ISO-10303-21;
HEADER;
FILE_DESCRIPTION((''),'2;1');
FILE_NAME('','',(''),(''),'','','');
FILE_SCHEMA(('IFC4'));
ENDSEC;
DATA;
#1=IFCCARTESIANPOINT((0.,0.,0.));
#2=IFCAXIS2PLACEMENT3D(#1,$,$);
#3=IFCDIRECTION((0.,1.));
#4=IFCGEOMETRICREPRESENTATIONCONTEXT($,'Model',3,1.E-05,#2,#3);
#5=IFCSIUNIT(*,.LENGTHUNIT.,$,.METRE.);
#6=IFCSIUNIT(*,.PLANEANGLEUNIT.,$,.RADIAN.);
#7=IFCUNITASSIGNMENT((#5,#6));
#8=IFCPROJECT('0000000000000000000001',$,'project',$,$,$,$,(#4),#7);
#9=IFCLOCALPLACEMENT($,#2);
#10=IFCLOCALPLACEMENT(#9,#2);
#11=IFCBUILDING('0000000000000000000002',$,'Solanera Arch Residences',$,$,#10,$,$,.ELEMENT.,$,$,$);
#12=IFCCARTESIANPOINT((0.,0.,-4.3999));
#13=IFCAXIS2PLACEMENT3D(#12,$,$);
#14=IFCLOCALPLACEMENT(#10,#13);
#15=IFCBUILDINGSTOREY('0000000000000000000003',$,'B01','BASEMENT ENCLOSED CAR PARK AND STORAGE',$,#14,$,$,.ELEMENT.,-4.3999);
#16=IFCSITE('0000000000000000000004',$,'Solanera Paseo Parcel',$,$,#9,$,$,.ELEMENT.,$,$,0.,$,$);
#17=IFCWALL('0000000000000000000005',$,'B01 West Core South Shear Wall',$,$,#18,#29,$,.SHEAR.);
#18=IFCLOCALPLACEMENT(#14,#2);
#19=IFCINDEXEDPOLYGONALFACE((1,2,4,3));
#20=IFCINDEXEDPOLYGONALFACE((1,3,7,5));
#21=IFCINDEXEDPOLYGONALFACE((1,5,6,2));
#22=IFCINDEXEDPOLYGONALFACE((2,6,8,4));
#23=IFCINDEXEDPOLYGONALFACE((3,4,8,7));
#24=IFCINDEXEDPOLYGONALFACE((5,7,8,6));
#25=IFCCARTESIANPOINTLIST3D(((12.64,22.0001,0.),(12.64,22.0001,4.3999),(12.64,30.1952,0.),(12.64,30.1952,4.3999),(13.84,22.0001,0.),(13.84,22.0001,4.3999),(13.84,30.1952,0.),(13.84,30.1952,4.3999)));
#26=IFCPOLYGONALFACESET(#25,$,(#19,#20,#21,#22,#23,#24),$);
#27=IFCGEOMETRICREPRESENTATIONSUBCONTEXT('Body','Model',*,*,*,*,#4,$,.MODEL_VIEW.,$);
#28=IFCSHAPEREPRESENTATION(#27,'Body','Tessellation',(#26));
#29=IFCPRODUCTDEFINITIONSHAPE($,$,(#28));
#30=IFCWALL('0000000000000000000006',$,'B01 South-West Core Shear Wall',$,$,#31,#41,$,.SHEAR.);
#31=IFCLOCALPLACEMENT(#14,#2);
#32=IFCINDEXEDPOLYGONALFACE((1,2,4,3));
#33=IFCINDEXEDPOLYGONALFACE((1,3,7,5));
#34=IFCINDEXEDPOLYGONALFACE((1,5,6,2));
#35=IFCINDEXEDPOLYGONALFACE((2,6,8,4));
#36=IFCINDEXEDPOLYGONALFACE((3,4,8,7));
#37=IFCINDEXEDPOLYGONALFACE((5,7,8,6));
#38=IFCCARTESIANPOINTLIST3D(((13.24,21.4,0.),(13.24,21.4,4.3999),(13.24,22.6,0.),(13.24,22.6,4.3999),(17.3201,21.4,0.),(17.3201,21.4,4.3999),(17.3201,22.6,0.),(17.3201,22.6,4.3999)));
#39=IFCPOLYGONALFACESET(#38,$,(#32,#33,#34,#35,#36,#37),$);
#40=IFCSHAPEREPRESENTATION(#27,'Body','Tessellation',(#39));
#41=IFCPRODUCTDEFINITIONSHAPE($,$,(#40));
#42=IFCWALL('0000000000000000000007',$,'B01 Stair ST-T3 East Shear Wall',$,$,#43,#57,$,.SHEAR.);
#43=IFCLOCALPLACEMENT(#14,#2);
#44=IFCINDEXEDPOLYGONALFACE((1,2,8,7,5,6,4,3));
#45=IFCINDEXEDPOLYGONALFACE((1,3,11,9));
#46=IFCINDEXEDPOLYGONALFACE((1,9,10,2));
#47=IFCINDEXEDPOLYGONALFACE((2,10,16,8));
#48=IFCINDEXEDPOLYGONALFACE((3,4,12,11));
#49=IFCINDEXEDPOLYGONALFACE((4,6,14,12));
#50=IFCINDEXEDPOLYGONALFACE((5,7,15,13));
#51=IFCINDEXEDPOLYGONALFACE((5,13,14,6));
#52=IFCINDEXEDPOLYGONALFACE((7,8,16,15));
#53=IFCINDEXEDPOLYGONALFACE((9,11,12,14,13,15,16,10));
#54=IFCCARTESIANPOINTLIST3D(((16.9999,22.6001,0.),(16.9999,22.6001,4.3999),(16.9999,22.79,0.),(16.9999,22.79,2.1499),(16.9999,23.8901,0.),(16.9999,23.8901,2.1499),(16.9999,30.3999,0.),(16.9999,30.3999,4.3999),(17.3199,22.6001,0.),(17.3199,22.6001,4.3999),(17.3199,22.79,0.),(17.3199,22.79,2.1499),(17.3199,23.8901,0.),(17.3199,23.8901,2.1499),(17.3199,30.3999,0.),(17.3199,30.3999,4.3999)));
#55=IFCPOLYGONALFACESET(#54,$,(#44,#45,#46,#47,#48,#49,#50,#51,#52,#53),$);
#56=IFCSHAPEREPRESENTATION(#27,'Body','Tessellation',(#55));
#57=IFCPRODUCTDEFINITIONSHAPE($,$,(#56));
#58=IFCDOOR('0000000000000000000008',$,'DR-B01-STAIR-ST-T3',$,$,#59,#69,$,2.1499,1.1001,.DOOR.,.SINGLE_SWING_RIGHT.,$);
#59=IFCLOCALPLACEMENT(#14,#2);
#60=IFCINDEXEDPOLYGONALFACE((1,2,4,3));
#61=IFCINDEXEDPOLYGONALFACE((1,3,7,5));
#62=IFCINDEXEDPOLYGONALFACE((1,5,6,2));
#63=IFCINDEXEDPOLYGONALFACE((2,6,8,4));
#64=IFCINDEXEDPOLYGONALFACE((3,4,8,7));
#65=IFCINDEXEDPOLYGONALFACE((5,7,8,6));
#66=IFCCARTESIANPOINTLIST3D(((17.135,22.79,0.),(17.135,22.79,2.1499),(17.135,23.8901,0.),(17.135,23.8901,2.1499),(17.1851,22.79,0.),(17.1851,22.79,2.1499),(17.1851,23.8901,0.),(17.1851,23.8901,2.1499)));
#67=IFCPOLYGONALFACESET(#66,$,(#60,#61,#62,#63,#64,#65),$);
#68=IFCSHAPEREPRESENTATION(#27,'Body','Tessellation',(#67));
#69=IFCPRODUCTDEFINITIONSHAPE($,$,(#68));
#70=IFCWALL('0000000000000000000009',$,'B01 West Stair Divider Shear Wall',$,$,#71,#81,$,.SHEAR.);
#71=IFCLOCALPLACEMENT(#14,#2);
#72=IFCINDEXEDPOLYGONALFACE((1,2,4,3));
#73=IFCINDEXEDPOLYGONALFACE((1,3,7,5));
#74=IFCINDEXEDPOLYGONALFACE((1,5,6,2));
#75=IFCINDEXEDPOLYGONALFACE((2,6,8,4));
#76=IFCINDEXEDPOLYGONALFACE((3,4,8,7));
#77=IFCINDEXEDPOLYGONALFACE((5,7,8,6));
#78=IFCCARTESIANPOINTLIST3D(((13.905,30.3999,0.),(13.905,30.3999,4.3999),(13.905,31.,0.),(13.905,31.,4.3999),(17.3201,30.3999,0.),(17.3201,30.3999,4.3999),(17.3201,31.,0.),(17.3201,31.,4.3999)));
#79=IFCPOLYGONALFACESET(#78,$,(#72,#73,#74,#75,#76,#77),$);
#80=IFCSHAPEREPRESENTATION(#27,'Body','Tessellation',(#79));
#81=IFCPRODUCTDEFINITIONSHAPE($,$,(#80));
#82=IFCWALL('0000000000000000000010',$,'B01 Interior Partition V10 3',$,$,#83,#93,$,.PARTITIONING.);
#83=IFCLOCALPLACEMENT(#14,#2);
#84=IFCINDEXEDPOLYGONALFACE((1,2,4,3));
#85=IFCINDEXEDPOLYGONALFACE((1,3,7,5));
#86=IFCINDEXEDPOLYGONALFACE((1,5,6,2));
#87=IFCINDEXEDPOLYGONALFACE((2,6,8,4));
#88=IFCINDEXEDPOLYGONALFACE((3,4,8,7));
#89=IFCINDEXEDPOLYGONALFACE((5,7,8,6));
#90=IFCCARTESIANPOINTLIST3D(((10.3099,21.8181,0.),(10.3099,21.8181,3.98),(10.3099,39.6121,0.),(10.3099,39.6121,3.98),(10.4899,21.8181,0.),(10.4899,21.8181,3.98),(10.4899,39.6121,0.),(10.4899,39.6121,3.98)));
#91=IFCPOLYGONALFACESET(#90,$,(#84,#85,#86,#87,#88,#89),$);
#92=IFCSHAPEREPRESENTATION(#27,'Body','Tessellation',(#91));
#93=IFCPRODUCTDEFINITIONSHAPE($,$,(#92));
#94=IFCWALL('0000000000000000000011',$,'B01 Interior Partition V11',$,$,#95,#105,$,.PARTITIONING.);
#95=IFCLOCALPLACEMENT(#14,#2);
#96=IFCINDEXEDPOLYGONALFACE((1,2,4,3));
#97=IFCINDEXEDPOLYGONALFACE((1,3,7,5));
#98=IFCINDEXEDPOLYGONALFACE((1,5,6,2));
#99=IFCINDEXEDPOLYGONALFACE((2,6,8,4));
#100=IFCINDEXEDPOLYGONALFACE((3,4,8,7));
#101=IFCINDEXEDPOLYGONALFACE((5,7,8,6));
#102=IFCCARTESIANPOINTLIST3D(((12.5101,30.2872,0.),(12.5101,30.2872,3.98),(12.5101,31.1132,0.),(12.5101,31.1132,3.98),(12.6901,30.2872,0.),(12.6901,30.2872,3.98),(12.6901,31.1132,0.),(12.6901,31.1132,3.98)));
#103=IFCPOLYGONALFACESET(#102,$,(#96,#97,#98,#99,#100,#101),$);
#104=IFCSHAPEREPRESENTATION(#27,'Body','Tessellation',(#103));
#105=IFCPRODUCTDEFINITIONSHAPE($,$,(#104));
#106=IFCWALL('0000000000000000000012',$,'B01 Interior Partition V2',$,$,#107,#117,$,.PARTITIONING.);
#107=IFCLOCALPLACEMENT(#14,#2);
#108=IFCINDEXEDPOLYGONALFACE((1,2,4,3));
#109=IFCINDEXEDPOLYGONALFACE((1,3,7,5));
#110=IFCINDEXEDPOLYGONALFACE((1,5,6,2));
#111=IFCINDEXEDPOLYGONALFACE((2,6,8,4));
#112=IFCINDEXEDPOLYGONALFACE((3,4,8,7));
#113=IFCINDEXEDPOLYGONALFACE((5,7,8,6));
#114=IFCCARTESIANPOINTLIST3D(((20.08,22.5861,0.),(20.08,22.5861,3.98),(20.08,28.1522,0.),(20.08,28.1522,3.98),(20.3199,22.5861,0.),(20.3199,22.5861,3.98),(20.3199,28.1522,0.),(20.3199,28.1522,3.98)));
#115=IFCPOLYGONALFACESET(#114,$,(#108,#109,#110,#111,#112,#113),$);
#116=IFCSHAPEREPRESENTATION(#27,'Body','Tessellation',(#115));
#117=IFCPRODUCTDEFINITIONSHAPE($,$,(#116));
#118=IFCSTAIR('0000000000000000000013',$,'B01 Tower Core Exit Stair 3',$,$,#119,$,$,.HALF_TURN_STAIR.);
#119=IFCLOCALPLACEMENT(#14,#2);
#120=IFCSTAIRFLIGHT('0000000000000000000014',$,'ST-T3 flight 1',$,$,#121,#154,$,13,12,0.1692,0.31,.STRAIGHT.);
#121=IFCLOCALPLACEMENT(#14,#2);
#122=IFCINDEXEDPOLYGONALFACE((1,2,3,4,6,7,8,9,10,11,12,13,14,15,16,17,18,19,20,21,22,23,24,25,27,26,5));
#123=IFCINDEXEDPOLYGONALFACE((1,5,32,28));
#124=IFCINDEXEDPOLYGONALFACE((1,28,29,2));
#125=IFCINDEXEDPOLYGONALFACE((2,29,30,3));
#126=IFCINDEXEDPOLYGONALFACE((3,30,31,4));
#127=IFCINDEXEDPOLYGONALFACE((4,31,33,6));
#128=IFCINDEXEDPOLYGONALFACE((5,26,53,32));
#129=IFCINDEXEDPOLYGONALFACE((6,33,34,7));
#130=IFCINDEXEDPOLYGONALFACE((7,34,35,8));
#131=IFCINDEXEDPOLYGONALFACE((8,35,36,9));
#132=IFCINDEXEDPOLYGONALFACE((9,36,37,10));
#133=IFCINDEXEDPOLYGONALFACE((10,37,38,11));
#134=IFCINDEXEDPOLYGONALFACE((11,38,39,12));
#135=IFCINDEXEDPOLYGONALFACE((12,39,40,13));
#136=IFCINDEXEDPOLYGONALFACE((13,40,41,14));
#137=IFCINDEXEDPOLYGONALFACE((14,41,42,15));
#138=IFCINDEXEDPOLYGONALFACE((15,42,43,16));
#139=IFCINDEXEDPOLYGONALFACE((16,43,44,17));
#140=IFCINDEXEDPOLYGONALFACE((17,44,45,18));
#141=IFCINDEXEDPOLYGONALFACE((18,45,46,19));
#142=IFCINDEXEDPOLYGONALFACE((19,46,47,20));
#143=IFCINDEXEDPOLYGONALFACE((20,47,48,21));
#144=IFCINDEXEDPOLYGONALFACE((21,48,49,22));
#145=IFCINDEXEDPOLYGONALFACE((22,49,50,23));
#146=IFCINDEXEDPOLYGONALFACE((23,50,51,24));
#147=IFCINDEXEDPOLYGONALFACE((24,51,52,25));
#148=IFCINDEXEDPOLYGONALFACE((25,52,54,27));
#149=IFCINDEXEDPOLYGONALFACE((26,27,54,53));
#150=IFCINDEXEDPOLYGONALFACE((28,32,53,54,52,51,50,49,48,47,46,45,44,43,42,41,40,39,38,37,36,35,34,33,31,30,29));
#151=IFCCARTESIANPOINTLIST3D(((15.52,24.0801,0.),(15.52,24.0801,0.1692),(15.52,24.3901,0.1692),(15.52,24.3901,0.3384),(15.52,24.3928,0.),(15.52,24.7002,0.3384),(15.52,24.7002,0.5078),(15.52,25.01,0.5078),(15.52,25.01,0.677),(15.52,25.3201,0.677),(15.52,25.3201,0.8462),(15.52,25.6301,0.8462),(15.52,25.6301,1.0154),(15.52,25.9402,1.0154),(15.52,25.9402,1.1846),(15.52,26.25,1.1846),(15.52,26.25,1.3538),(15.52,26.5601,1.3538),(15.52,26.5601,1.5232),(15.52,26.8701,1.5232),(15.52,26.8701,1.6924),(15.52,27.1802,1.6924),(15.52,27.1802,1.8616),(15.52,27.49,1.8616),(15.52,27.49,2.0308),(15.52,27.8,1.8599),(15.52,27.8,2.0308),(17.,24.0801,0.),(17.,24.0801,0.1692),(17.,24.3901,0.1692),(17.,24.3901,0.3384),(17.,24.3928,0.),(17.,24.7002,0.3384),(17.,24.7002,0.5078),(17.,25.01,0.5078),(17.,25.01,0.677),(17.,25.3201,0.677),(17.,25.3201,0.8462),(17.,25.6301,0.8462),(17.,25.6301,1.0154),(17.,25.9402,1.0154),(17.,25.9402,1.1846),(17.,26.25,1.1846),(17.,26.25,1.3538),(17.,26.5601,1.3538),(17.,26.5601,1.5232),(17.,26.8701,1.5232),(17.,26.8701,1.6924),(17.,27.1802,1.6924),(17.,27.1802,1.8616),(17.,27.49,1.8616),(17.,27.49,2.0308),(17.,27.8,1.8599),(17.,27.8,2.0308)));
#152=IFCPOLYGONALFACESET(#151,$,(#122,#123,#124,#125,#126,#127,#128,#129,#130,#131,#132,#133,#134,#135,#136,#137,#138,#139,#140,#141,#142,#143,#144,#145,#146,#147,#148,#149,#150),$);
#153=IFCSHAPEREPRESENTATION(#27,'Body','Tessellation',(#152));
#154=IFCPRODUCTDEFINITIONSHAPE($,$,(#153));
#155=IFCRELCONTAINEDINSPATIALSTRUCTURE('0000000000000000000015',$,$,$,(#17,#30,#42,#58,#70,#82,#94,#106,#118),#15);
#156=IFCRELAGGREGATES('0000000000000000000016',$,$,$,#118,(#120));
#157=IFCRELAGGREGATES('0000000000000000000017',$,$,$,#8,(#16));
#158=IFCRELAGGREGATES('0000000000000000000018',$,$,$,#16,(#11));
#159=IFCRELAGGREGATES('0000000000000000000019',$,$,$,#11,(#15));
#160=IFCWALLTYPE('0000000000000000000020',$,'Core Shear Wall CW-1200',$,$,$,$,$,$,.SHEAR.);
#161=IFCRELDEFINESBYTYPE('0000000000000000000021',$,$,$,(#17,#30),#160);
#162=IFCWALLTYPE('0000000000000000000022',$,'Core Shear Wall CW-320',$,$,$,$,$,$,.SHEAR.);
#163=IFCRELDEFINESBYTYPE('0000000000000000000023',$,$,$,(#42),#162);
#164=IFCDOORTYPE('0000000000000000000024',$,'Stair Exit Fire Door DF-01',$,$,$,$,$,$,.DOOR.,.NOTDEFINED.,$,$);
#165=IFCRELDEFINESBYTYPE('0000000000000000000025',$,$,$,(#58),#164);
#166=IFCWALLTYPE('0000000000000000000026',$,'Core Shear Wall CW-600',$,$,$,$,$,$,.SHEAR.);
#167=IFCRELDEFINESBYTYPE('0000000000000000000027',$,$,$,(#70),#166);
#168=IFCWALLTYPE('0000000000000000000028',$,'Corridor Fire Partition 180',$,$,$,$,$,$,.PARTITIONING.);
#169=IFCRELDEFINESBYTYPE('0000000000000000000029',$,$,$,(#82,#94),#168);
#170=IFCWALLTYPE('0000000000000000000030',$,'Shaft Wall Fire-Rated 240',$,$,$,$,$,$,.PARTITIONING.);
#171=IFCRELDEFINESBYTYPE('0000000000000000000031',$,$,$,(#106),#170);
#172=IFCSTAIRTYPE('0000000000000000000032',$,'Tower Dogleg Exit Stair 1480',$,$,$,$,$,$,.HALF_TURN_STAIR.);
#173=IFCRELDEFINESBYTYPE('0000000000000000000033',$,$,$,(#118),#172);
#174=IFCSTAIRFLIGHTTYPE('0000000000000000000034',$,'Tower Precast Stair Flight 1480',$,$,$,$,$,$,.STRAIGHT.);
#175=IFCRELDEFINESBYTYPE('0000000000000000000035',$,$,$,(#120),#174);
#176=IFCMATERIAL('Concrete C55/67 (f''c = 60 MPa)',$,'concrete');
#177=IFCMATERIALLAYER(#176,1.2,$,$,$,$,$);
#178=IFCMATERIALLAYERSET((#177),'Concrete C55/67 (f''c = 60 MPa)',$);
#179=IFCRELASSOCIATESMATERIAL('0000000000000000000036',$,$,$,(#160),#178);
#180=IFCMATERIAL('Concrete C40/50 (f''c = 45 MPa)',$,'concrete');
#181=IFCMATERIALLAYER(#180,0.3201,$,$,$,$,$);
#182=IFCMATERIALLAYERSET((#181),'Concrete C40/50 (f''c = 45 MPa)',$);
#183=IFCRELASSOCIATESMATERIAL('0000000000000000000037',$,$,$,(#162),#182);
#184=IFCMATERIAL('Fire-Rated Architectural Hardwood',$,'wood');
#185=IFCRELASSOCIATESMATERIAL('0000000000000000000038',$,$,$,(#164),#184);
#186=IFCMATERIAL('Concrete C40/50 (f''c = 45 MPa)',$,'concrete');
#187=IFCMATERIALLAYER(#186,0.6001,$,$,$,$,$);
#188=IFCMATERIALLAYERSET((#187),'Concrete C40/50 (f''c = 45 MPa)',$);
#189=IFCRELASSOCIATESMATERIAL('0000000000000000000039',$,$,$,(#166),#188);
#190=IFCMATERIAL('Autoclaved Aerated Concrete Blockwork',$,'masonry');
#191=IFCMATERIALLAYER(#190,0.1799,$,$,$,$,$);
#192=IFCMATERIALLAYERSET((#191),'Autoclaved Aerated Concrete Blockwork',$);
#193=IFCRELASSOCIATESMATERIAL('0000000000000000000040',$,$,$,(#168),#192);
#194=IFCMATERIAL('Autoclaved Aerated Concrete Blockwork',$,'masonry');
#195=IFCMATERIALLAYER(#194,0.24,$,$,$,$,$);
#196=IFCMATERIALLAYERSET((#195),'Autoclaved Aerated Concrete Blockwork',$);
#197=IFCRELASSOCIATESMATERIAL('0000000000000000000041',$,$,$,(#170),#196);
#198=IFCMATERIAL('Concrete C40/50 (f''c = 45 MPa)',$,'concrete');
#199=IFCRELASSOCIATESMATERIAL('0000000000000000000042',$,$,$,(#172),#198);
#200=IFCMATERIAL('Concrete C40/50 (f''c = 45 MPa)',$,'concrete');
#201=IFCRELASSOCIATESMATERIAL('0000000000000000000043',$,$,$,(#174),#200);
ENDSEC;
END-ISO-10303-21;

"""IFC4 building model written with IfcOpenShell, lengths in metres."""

from ifc_helpers import new_model, si_unit, direction, frame, frame_2d, origin, place, context, subcontext, project, spatial, polyline, rectangle, outline, extrude, material, layer, layer_set, type_object, element, fill, aggregate, save


model = new_model("IFC4")

# Units and contexts
model_context = context("Model", 3, precision=1e-05, world=origin(), true_north=direction((0.0, 1.0)))
body_context = subcontext(model_context, "Body", "Model", "MODEL_VIEW")
ifc_project = project(units=[si_unit("LENGTHUNIT", "METRE"), si_unit("PLANEANGLEUNIT", "RADIAN")], contexts=[model_context])

# Site, building, storey
site_placement = place(None, origin())
site = spatial("IfcSite", under=ifc_project, at=site_placement, Name="Solanera Paseo Parcel", CompositionType="ELEMENT", RefElevation=0.0)
building_placement = place(site_placement, origin())
building = spatial("IfcBuilding", under=site, at=building_placement, Name="Solanera Arch Residences", CompositionType="ELEMENT")
storey_placement = place(building_placement, frame((0.0, 0.0, -4.3999)))
storey = spatial("IfcBuildingStorey", under=building, at=storey_placement, Name="B01", Description="BASEMENT ENCLOSED CAR PARK AND STORAGE", CompositionType="ELEMENT", Elevation=-4.3999)

# Walls
ifc_material_1 = material(Name="Concrete C55/67 (f'c = 60 MPa)", Category="concrete")
ifc_layer_1 = layer(ifc_material_1, 1.2)
ifc_layer_set_1 = layer_set([ifc_layer_1], Name="Concrete C55/67 (f'c = 60 MPa)")
wall_type_1 = type_object("IfcWallType", Name="Core Shear Wall CW-1200", PredefinedType="SHEAR", material=ifc_layer_set_1)
wall_1_placement = place(storey_placement, frame((13.24, 22.0, 0.0), z_axis=(0.0, 0.0, 1.0), x_axis=(0.0, 1.0, 0.0)))
element("IfcWall", 1, at=wall_1_placement, inside=storey, type_object=wall_type_1, Name="B01 West Core South Shear Wall", PredefinedType="SHEAR", context=body_context, shape_type="SweptSolid", body=[
    extrude(rectangle(XDim=8.1951, YDim=1.2, at=frame_2d((4.0977, 0.0))), origin(), (0.0, 0.0, 1.0), 4.3999),
])
wall_2_placement = place(storey_placement, frame((13.24, 22.0, 0.0), z_axis=(0.0, 0.0, 1.0), x_axis=(1.0, 0.0, 0.0)))
element("IfcWall", 2, at=wall_2_placement, inside=storey, type_object=wall_type_1, Name="B01 South-West Core Shear Wall", PredefinedType="SHEAR", context=body_context, shape_type="SweptSolid", body=[
    extrude(rectangle(XDim=4.0801, YDim=1.2, at=frame_2d((2.04, 0.0))), origin(), (0.0, 0.0, 1.0), 4.3999),
])

# Wall, opening, door
ifc_material_2 = material(Name="Concrete C40/50 (f'c = 45 MPa)", Category="concrete")
ifc_layer_2 = layer(ifc_material_2, 0.3201)
ifc_layer_set_2 = layer_set([ifc_layer_2], Name="Concrete C40/50 (f'c = 45 MPa)")
wall_type_2 = type_object("IfcWallType", Name="Core Shear Wall CW-320", PredefinedType="SHEAR", material=ifc_layer_set_2)
wall_3_placement = place(storey_placement, frame((17.1599, 22.6001, 0.0), z_axis=(0.0, 0.0, 1.0), x_axis=(0.0, 1.0, 0.0)))
wall_3 = element("IfcWall", 3, at=wall_3_placement, inside=storey, type_object=wall_type_2, Name="B01 Stair ST-T3 East Shear Wall", PredefinedType="SHEAR", context=body_context, shape_type="SweptSolid", body=[
    extrude(rectangle(XDim=7.7998, YDim=0.3201, at=frame_2d((3.8999, 0.0))), origin(), (0.0, 0.0, 1.0), 4.3999),
])
opening_1_placement = place(wall_3_placement, frame((0.1899, 0.0, 0.0)))
opening_1 = element("IfcOpeningElement", 4, at=opening_1_placement, cuts=wall_3, PredefinedType="OPENING", context=body_context, shape_type="SweptSolid", body=[
    extrude(rectangle(XDim=1.1001, YDim=2.1499, at=frame_2d((0.55, 1.075))), frame((0.0, 0.1699, 0.0), z_axis=(0.0, -1.0, 0.0), x_axis=(1.0, 0.0, 0.0)), (0.0, 0.0, 1.0), 0.3401),
])
ifc_material_3 = material(Name="Fire-Rated Architectural Hardwood", Category="wood")
door_type_1 = type_object("IfcDoorType", Name="Stair Exit Fire Door DF-01", OperationType="NOTDEFINED", PredefinedType="DOOR", material=ifc_material_3)
door_1_placement = place(opening_1_placement, origin())
door_1 = element("IfcDoor", 5, at=door_1_placement, inside=storey, type_object=door_type_1, Name="DR-B01-STAIR-ST-T3", OperationType="SINGLE_SWING_RIGHT", OverallHeight=2.1499, OverallWidth=1.1001, PredefinedType="DOOR", context=body_context, shape_type="SweptSolid", body=[
    extrude(rectangle(XDim=1.1001, YDim=2.1499, at=frame_2d((0.55, 1.075))), frame((0.0, 0.0249, 0.0), z_axis=(0.0, -1.0, 0.0), x_axis=(1.0, 0.0, 0.0)), (0.0, 0.0, 1.0), 0.05),
])
fill(opening_1, door_1)

# Walls
ifc_material_4 = material(Name="Concrete C40/50 (f'c = 45 MPa)", Category="concrete")
ifc_layer_3 = layer(ifc_material_4, 0.6001)
ifc_layer_set_3 = layer_set([ifc_layer_3], Name="Concrete C40/50 (f'c = 45 MPa)")
wall_type_3 = type_object("IfcWallType", Name="Core Shear Wall CW-600", PredefinedType="SHEAR", material=ifc_layer_set_3)
wall_4_placement = place(storey_placement, frame((13.905, 30.7, 0.0), z_axis=(0.0, 0.0, 1.0), x_axis=(1.0, 0.0, 0.0)))
element("IfcWall", 6, at=wall_4_placement, inside=storey, type_object=wall_type_3, Name="B01 West Stair Divider Shear Wall", PredefinedType="SHEAR", context=body_context, shape_type="SweptSolid", body=[
    extrude(rectangle(XDim=3.415, YDim=0.6001, at=frame_2d((1.7075, 0.0))), origin(), (0.0, 0.0, 1.0), 4.3999),
])
ifc_material_5 = material(Name="Autoclaved Aerated Concrete Blockwork", Category="masonry")
ifc_layer_4 = layer(ifc_material_5, 0.1799)
ifc_layer_set_4 = layer_set([ifc_layer_4], Name="Autoclaved Aerated Concrete Blockwork")
wall_type_4 = type_object("IfcWallType", Name="Corridor Fire Partition 180", PredefinedType="PARTITIONING", material=ifc_layer_set_4)
wall_5_placement = place(storey_placement, frame((10.3999, 21.8181, 0.0), z_axis=(0.0, 0.0, 1.0), x_axis=(0.0, 1.0, 0.0)))
element("IfcWall", 7, at=wall_5_placement, inside=storey, type_object=wall_type_4, Name="B01 Interior Partition V10 3", PredefinedType="PARTITIONING", context=body_context, shape_type="SweptSolid", body=[
    extrude(rectangle(XDim=17.7939, YDim=0.1799, at=frame_2d((8.897, 0.0))), origin(), (0.0, 0.0, 1.0), 3.98),
])
wall_6_placement = place(storey_placement, frame((12.6001, 30.2871, 0.0), z_axis=(0.0, 0.0, 1.0), x_axis=(0.0, 1.0, 0.0)))
element("IfcWall", 8, at=wall_6_placement, inside=storey, type_object=wall_type_4, Name="B01 Interior Partition V11", PredefinedType="PARTITIONING", context=body_context, shape_type="SweptSolid", body=[
    extrude(rectangle(XDim=0.8259, YDim=0.1799, at=frame_2d((0.4131, 0.0))), origin(), (0.0, 0.0, 1.0), 3.98),
])

# Shared definitions
ifc_material_6 = material(Name="Autoclaved Aerated Concrete Blockwork", Category="masonry")
ifc_layer_5 = layer(ifc_material_6, 0.24)
ifc_layer_set_5 = layer_set([ifc_layer_5], Name="Autoclaved Aerated Concrete Blockwork")
wall_type_5 = type_object("IfcWallType", Name="Shaft Wall Fire-Rated 240", PredefinedType="PARTITIONING", material=ifc_layer_set_5)

# Wall
wall_7_placement = place(storey_placement, frame((20.2, 22.5859, 0.0), z_axis=(0.0, 0.0, 1.0), x_axis=(0.0, 1.0, 0.0)))
element("IfcWall", 9, at=wall_7_placement, inside=storey, type_object=wall_type_5, Name="B01 Interior Partition V2", PredefinedType="PARTITIONING", context=body_context, shape_type="SweptSolid", body=[
    extrude(rectangle(XDim=5.5662, YDim=0.24, at=frame_2d((2.7832, 0.0))), origin(), (0.0, 0.0, 1.0), 3.98),
])

# Stair, stair flight
ifc_material_7 = material(Name="Concrete C40/50 (f'c = 45 MPa)", Category="concrete")
stair_type = type_object("IfcStairType", Name="Tower Dogleg Exit Stair 1480", PredefinedType="HALF_TURN_STAIR", material=ifc_material_7)
stair_placement = place(storey_placement, origin())
stair = element("IfcStair", 10, at=stair_placement, inside=storey, type_object=stair_type, Name="B01 Tower Core Exit Stair 3", PredefinedType="HALF_TURN_STAIR")
ifc_material_8 = material(Name="Concrete C40/50 (f'c = 45 MPa)", Category="concrete")
stair_flight_type = type_object("IfcStairFlightType", Name="Tower Precast Stair Flight 1480", PredefinedType="STRAIGHT", material=ifc_material_8)
stair_flight_1_placement = place(storey_placement, frame((16.26, 24.0801, 0.0), z_axis=(0.0, 0.0, 1.0), x_axis=(0.0, 1.0, 0.0)))
stair_flight_1 = element("IfcStairFlight", 11, at=stair_flight_1_placement, type_object=stair_flight_type, Name="ST-T3 flight 1", NumberOfRisers=13, NumberOfTreads=12, PredefinedType="STRAIGHT", RiserHeight=0.1692, TreadLength=0.31, context=body_context, shape_type="SweptSolid", body=[
    extrude(outline(polyline([(0.0, 0.0), (0.0, 0.1692), (0.3101, 0.1692), (0.3101, 0.3384), (0.6201, 0.3384), (0.6201, 0.5078), (0.9299, 0.5078), (0.9299, 0.677), (1.24, 0.677), (1.24, 0.8462), (1.55, 0.8462), (1.55, 1.0154), (1.8601, 1.0154), (1.8601, 1.1846), (2.1699, 1.1846), (2.1699, 1.3538), (2.48, 1.3538), (2.48, 1.5232), (2.79, 1.5232), (2.79, 1.6924), (3.1001, 1.6924), (3.1001, 1.8616), (3.4099, 1.8616), (3.4099, 2.0308), (3.72, 2.0308), (3.72, 2.2), (3.72, 1.8599), (0.3127, 0.0), (0.0, 0.0)])), frame((0.0, 0.74, 0.0), z_axis=(0.0, -1.0, 0.0), x_axis=(1.0, 0.0, 0.0)), (0.0, 0.0, 1.0), 1.48),
])
aggregate(stair, [stair_flight_1])

save(model, "model.ifc")
